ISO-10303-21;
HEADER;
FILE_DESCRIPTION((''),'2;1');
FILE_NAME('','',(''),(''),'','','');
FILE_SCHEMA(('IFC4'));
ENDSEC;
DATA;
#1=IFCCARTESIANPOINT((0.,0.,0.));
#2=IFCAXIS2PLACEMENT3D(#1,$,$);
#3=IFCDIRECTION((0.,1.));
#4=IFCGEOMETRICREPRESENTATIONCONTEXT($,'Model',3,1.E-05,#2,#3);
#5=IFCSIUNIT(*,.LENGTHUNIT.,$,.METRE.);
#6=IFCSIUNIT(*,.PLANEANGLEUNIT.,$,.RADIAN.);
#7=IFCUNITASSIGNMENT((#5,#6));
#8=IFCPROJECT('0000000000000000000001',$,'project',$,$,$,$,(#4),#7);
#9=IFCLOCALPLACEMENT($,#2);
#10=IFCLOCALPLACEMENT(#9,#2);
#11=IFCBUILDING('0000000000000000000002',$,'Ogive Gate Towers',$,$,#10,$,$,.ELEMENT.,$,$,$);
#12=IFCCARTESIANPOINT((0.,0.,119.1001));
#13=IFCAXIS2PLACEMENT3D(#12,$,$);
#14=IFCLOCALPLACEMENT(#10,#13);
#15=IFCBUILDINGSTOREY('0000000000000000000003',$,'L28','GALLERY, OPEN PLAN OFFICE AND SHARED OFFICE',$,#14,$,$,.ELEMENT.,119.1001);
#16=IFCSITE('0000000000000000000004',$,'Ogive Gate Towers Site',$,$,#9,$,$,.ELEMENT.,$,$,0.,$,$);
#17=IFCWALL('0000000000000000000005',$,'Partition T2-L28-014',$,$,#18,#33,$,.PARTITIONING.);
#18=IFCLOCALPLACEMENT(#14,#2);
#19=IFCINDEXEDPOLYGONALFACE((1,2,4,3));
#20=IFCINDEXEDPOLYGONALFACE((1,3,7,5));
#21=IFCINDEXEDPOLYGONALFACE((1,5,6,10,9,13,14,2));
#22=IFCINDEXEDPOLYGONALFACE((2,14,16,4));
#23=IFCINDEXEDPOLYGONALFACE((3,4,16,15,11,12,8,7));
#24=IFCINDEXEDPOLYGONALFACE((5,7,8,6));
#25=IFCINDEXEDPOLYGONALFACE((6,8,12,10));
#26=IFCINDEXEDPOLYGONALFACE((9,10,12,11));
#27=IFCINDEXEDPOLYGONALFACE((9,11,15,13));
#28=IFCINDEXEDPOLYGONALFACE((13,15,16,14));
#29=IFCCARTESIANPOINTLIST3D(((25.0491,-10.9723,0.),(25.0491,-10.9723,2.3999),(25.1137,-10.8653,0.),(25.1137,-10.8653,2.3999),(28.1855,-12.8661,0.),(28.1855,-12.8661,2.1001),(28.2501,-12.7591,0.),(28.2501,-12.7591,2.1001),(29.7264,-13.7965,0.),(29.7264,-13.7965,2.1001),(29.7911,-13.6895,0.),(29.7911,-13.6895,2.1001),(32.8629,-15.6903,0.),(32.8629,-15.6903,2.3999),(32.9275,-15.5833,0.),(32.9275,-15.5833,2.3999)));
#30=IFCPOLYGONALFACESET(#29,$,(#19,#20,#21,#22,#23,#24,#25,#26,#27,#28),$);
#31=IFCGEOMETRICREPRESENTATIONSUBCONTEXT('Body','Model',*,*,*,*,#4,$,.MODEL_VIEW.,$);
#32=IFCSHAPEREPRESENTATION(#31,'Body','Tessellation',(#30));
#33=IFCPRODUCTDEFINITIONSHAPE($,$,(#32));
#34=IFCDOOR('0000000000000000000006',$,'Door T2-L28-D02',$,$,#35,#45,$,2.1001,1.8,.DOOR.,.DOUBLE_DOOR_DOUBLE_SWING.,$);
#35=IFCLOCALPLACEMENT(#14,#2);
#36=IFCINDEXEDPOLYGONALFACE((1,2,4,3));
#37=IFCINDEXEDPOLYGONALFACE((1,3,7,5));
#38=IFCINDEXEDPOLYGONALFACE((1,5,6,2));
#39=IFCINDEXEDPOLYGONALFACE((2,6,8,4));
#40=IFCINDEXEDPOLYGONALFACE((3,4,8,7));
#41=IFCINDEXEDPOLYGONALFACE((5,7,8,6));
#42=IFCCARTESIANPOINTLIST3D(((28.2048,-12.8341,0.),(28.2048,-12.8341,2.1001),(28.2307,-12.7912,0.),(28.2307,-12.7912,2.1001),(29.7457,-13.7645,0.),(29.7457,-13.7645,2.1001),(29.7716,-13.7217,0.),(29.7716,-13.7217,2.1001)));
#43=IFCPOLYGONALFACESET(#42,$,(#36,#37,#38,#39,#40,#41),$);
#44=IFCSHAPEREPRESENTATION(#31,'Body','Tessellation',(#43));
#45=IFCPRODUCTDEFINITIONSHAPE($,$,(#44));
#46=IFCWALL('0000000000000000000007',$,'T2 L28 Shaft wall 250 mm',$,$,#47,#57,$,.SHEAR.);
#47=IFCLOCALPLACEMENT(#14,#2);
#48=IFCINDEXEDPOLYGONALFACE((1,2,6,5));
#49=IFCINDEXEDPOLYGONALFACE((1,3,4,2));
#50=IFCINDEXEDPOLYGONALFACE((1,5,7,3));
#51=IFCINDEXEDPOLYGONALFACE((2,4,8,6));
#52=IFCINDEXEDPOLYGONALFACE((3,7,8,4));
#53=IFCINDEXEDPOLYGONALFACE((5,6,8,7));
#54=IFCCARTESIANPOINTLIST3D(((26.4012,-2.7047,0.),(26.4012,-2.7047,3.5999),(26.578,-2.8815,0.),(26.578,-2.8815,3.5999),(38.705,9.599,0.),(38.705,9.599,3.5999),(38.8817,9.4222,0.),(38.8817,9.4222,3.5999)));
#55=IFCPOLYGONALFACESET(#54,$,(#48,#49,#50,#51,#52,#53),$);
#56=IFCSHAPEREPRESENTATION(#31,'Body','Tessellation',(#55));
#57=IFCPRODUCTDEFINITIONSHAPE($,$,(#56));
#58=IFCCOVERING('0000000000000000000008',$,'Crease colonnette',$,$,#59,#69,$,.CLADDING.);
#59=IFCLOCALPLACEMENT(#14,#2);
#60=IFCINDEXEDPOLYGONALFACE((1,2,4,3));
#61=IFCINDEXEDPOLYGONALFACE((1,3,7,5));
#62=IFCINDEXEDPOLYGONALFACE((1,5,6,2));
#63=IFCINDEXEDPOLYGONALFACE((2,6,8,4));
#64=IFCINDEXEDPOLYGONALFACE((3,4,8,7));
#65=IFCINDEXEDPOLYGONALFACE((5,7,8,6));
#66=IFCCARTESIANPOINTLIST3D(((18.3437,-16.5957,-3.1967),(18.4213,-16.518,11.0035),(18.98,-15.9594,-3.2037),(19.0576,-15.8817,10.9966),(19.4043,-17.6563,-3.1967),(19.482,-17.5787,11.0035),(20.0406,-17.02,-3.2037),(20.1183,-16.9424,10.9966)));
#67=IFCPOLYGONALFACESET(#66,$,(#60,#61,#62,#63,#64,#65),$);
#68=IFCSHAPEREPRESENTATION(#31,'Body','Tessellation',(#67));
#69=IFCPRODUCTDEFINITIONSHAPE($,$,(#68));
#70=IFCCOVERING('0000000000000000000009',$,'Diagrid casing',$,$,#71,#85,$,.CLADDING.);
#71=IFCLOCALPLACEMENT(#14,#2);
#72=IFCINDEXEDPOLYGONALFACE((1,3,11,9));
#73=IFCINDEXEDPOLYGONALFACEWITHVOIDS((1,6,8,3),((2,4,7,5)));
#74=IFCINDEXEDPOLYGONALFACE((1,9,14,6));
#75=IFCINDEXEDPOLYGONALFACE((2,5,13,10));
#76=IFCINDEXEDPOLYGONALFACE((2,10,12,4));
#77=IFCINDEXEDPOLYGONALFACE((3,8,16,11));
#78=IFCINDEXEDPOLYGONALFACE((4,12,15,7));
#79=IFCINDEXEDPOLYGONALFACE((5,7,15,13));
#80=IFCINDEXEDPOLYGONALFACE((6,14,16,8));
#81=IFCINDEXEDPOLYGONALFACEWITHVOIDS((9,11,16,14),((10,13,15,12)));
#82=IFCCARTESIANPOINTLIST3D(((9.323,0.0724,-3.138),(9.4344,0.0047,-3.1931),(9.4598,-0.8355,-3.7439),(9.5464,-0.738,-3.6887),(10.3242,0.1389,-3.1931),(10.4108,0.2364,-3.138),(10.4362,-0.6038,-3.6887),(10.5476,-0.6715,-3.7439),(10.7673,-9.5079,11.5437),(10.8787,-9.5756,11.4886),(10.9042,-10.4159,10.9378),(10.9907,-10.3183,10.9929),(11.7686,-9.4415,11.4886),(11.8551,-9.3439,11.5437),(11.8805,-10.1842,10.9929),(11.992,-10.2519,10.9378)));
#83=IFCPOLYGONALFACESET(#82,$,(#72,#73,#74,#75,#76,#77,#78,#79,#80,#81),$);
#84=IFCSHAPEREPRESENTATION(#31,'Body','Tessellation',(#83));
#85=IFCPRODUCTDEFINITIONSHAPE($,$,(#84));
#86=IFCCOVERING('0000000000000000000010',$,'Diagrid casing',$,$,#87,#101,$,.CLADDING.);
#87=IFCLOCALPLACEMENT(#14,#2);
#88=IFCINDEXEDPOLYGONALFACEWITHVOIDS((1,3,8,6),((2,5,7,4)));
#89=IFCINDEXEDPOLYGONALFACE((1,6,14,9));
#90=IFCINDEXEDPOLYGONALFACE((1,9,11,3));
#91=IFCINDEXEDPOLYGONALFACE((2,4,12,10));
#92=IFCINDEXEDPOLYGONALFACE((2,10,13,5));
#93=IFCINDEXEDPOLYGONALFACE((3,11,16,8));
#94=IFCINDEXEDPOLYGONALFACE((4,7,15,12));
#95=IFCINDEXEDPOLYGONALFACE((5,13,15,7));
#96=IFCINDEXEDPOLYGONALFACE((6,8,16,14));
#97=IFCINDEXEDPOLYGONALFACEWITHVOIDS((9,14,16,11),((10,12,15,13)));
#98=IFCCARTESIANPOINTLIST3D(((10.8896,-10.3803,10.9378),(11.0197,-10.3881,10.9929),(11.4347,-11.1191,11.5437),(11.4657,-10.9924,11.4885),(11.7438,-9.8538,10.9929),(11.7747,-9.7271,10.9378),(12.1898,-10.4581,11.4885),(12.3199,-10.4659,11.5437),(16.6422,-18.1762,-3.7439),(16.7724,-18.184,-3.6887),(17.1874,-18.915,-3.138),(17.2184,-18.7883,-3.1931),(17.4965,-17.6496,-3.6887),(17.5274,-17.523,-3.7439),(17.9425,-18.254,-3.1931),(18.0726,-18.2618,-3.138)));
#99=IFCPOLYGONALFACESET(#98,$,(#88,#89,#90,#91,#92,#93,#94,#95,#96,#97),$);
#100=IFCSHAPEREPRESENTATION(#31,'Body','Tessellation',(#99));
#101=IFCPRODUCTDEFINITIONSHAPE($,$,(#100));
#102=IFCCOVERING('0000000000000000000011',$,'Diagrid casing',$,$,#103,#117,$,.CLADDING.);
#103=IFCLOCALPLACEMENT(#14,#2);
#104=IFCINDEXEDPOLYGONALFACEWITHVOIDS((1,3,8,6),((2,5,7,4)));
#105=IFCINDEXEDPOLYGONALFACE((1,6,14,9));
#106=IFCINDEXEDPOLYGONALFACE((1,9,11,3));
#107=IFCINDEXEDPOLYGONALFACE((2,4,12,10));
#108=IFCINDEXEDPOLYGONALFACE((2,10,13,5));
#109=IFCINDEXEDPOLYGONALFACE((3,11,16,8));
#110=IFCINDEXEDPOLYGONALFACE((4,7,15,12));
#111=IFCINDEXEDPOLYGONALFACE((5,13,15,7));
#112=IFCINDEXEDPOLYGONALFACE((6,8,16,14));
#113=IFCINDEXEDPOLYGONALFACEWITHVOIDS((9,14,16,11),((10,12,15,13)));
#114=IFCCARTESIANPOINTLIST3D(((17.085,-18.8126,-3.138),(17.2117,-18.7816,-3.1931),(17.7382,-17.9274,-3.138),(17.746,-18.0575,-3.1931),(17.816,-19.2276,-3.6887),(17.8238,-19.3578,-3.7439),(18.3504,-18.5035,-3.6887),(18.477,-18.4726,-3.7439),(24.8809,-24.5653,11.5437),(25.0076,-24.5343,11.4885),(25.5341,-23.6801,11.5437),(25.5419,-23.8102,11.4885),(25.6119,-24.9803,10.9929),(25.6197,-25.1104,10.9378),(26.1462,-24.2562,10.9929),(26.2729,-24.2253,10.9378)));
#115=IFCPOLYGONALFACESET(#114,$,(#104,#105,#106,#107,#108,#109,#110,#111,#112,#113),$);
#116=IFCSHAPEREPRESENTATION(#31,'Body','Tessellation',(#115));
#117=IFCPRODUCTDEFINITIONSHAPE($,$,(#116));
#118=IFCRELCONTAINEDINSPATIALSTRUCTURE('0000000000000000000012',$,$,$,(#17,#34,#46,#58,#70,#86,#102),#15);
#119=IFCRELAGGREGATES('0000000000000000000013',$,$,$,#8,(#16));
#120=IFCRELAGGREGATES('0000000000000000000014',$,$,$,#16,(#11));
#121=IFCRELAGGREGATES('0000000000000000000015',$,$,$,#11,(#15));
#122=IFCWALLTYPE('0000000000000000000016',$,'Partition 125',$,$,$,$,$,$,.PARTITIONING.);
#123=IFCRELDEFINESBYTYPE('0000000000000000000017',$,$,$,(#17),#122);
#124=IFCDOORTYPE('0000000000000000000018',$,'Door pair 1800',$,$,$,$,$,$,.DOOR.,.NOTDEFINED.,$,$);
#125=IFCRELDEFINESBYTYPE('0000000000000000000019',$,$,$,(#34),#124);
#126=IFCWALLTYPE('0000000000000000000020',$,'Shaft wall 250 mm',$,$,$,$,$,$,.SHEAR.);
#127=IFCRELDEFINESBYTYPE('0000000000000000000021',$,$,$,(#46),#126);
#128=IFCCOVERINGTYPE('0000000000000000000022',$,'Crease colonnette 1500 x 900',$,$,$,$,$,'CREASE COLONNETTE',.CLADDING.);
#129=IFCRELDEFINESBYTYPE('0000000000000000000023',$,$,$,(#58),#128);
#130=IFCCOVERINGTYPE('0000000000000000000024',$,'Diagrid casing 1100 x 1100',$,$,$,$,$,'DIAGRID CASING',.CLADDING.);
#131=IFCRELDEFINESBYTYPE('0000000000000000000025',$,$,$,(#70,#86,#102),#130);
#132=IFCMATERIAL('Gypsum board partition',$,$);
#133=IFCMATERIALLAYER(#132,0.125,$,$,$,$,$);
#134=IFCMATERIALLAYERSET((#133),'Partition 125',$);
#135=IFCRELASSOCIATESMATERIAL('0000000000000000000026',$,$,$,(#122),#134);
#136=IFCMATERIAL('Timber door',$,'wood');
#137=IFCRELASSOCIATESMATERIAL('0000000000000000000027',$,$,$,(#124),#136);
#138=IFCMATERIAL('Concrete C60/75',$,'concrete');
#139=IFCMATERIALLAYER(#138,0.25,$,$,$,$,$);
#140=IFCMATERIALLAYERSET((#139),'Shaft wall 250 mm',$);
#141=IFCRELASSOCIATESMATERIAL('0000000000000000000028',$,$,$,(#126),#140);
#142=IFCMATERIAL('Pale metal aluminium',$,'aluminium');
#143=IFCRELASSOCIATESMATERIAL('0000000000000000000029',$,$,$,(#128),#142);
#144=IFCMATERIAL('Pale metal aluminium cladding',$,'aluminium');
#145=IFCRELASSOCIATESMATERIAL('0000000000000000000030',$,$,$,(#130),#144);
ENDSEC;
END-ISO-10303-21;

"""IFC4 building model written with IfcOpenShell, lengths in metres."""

from ifc_helpers import new_model, si_unit, direction, frame, frame_2d, origin, origin_2d, place, context, subcontext, project, spatial, rectangle, hollow_rectangle, extrude, material, layer, layer_set, material_profile, profile_set, type_object, element, fill, save


model = new_model("IFC4")

# Units and contexts
model_context = context("Model", 3, precision=1e-05, world=origin(), true_north=direction((0.0, 1.0)))
body_context = subcontext(model_context, "Body", "Model", "MODEL_VIEW")
ifc_project = project(units=[si_unit("LENGTHUNIT", "METRE"), si_unit("PLANEANGLEUNIT", "RADIAN")], contexts=[model_context])

# Site, building, storey
site_placement = place(None, origin())
site = spatial("IfcSite", under=ifc_project, at=site_placement, Name="Ogive Gate Towers Site", CompositionType="ELEMENT", RefElevation=0.0)
building_placement = place(site_placement, origin())
building = spatial("IfcBuilding", under=site, at=building_placement, Name="Ogive Gate Towers", CompositionType="ELEMENT")
storey_placement = place(building_placement, frame((0.0, 0.0, 119.1001)))
storey = spatial("IfcBuildingStorey", under=building, at=storey_placement, Name="L28", Description="GALLERY, OPEN PLAN OFFICE AND SHARED OFFICE", CompositionType="ELEMENT", Elevation=119.1001)

# Shared definitions
ifc_material_1 = material(Name="Gypsum board partition")
ifc_layer_1 = layer(ifc_material_1, 0.125)
ifc_layer_set_1 = layer_set([ifc_layer_1], Name="Partition 125")
wall_type_1 = type_object("IfcWallType", Name="Partition 125", PredefinedType="PARTITIONING", material=ifc_layer_set_1)

# Wall, opening, door
wall_1_placement = place(storey_placement, frame((25.0813, -10.9187, 0.0), z_axis=(0.0, 0.0, 1.0), x_axis=(0.85605, -0.516893, 0.0)))
wall_1 = element("IfcWall", 1, at=wall_1_placement, inside=storey, type_object=wall_type_1, Name="Partition T2-L28-014", PredefinedType="PARTITIONING", context=body_context, shape_type="SweptSolid", body=[
    extrude(rectangle(XDim=9.1277, YDim=0.125, at=frame_2d((4.564, 0.0))), origin(), (0.0, 0.0, 1.0), 2.3999),
])
opening_placement = place(wall_1_placement, frame((3.6641, 0.0, 0.0)))
opening = element("IfcOpeningElement", 2, at=opening_placement, cuts=wall_1, PredefinedType="OPENING", context=body_context, shape_type="SweptSolid", body=[
    extrude(rectangle(XDim=1.8, YDim=2.1001, at=frame_2d((0.8999, 1.05))), frame((0.0, 0.0725, 0.0), z_axis=(0.0, -1.0, 0.0), x_axis=(1.0, 0.0, 0.0)), (0.0, 0.0, 1.0), 0.145),
])
ifc_material_2 = material(Name="Timber door", Category="wood")
door_type = type_object("IfcDoorType", Name="Door pair 1800", OperationType="NOTDEFINED", PredefinedType="DOOR", material=ifc_material_2)
door_placement = place(opening_placement, origin())
door = element("IfcDoor", 3, at=door_placement, inside=storey, type_object=door_type, Name="Door T2-L28-D02", OperationType="DOUBLE_DOOR_DOUBLE_SWING", OverallHeight=2.1001, OverallWidth=1.8, PredefinedType="DOOR", context=body_context, shape_type="SweptSolid", body=[
    extrude(rectangle(XDim=1.8, YDim=2.1001, at=frame_2d((0.8999, 1.05))), frame((0.0, 0.0249, 0.0), z_axis=(0.0, -1.0, 0.0), x_axis=(1.0, 0.0, 0.0)), (0.0, 0.0, 1.0), 0.05),
])
fill(opening, door)

# Wall
ifc_material_3 = material(Name="Concrete C60/75", Category="concrete")
ifc_layer_2 = layer(ifc_material_3, 0.25)
ifc_layer_set_2 = layer_set([ifc_layer_2], Name="Shaft wall 250 mm")
wall_type_2 = type_object("IfcWallType", Name="Shaft wall 250 mm", PredefinedType="SHEAR", material=ifc_layer_set_2)
wall_2_placement = place(storey_placement, frame((26.4895, -2.7932, 0.0), z_axis=(0.0, 0.0, 1.0), x_axis=(0.707107, 0.707107, 0.0)))
element("IfcWall", 4, at=wall_2_placement, inside=storey, type_object=wall_type_2, Name="T2 L28 Shaft wall 250 mm", PredefinedType="SHEAR", context=body_context, shape_type="SweptSolid", body=[
    extrude(rectangle(XDim=17.4001, YDim=0.25, at=frame_2d((8.7002, 0.0))), origin(), (0.0, 0.0, 1.0), 3.5999),
])

# Coverings
ifc_material_4 = material(Name="Pale metal aluminium", Category="aluminium")
ifc_material_profile_1 = material_profile(ifc_material_4, rectangle(XDim=1.5, YDim=0.8999, at=origin_2d()), Name="1500 x 900 pale metal aluminium")
ifc_profile_set_1 = profile_set([ifc_material_profile_1], Name="Pale metal aluminium")
covering_type_1 = type_object("IfcCoveringType", Name="Crease colonnette 1500 x 900", ElementType="CREASE COLONNETTE", PredefinedType="CLADDING", material=ifc_profile_set_1)
covering_placement = place(storey_placement, frame((19.1921, -16.8079, -3.2002), z_axis=(0.005467, 0.005467, 0.99997), x_axis=(-0.707107, 0.707107, 0.0)))
element("IfcCovering", 5, at=covering_placement, inside=storey, type_object=covering_type_1, Name="Crease colonnette", PredefinedType="CLADDING", context=body_context, shape_type="SweptSolid", body=[
    extrude(rectangle(XDim=1.5, YDim=0.8999, at=origin_2d()), origin(), (0.0, 0.0, 1.0), 14.2007),
])
ifc_material_5 = material(Name="Pale metal aluminium cladding", Category="aluminium")
ifc_material_profile_2 = material_profile(ifc_material_5, hollow_rectangle(XDim=1.1001, YDim=1.1001, WallThickness=0.1001, at=origin_2d()), Name="1100 x 1100 pale metal casing")
ifc_profile_set_2 = profile_set([ifc_material_profile_2], Name="Pale metal aluminium cladding")
covering_type_2 = type_object("IfcCoveringType", Name="Diagrid casing 1100 x 1100", ElementType="DIAGRID CASING", PredefinedType="CLADDING", material=ifc_profile_set_2)
for number, where, z_axis, x_axis, name in (
    (6, (9.9353, -0.2996, -3.4409), (0.08211, -0.544636, 0.834643), (0.988826, 0.149076, 0.0), "Diagrid casing"),
    (7, (17.3574, -18.219, -3.4409), (-0.327037, 0.443192, 0.834642), (-0.804645, -0.593757, 0.0), "Diagrid casing"),
    (8, (17.781, -18.6426, -3.4409), (0.443192, -0.327037, 0.834642), (0.593757, 0.804645, 0.0), "Diagrid casing"),
):
    element("IfcCovering", number, at=place(storey_placement, frame(where, z_axis=z_axis, x_axis=x_axis)), inside=storey, type_object=covering_type_2, Name=name, PredefinedType="CLADDING", context=body_context, shape_type="SweptSolid", body=[
        extrude(hollow_rectangle(XDim=1.1001, YDim=1.1001, WallThickness=0.1001, at=origin_2d()), origin(), (0.0, 0.0, 1.0), 17.5903),
    ])

save(model, "model.ifc")
